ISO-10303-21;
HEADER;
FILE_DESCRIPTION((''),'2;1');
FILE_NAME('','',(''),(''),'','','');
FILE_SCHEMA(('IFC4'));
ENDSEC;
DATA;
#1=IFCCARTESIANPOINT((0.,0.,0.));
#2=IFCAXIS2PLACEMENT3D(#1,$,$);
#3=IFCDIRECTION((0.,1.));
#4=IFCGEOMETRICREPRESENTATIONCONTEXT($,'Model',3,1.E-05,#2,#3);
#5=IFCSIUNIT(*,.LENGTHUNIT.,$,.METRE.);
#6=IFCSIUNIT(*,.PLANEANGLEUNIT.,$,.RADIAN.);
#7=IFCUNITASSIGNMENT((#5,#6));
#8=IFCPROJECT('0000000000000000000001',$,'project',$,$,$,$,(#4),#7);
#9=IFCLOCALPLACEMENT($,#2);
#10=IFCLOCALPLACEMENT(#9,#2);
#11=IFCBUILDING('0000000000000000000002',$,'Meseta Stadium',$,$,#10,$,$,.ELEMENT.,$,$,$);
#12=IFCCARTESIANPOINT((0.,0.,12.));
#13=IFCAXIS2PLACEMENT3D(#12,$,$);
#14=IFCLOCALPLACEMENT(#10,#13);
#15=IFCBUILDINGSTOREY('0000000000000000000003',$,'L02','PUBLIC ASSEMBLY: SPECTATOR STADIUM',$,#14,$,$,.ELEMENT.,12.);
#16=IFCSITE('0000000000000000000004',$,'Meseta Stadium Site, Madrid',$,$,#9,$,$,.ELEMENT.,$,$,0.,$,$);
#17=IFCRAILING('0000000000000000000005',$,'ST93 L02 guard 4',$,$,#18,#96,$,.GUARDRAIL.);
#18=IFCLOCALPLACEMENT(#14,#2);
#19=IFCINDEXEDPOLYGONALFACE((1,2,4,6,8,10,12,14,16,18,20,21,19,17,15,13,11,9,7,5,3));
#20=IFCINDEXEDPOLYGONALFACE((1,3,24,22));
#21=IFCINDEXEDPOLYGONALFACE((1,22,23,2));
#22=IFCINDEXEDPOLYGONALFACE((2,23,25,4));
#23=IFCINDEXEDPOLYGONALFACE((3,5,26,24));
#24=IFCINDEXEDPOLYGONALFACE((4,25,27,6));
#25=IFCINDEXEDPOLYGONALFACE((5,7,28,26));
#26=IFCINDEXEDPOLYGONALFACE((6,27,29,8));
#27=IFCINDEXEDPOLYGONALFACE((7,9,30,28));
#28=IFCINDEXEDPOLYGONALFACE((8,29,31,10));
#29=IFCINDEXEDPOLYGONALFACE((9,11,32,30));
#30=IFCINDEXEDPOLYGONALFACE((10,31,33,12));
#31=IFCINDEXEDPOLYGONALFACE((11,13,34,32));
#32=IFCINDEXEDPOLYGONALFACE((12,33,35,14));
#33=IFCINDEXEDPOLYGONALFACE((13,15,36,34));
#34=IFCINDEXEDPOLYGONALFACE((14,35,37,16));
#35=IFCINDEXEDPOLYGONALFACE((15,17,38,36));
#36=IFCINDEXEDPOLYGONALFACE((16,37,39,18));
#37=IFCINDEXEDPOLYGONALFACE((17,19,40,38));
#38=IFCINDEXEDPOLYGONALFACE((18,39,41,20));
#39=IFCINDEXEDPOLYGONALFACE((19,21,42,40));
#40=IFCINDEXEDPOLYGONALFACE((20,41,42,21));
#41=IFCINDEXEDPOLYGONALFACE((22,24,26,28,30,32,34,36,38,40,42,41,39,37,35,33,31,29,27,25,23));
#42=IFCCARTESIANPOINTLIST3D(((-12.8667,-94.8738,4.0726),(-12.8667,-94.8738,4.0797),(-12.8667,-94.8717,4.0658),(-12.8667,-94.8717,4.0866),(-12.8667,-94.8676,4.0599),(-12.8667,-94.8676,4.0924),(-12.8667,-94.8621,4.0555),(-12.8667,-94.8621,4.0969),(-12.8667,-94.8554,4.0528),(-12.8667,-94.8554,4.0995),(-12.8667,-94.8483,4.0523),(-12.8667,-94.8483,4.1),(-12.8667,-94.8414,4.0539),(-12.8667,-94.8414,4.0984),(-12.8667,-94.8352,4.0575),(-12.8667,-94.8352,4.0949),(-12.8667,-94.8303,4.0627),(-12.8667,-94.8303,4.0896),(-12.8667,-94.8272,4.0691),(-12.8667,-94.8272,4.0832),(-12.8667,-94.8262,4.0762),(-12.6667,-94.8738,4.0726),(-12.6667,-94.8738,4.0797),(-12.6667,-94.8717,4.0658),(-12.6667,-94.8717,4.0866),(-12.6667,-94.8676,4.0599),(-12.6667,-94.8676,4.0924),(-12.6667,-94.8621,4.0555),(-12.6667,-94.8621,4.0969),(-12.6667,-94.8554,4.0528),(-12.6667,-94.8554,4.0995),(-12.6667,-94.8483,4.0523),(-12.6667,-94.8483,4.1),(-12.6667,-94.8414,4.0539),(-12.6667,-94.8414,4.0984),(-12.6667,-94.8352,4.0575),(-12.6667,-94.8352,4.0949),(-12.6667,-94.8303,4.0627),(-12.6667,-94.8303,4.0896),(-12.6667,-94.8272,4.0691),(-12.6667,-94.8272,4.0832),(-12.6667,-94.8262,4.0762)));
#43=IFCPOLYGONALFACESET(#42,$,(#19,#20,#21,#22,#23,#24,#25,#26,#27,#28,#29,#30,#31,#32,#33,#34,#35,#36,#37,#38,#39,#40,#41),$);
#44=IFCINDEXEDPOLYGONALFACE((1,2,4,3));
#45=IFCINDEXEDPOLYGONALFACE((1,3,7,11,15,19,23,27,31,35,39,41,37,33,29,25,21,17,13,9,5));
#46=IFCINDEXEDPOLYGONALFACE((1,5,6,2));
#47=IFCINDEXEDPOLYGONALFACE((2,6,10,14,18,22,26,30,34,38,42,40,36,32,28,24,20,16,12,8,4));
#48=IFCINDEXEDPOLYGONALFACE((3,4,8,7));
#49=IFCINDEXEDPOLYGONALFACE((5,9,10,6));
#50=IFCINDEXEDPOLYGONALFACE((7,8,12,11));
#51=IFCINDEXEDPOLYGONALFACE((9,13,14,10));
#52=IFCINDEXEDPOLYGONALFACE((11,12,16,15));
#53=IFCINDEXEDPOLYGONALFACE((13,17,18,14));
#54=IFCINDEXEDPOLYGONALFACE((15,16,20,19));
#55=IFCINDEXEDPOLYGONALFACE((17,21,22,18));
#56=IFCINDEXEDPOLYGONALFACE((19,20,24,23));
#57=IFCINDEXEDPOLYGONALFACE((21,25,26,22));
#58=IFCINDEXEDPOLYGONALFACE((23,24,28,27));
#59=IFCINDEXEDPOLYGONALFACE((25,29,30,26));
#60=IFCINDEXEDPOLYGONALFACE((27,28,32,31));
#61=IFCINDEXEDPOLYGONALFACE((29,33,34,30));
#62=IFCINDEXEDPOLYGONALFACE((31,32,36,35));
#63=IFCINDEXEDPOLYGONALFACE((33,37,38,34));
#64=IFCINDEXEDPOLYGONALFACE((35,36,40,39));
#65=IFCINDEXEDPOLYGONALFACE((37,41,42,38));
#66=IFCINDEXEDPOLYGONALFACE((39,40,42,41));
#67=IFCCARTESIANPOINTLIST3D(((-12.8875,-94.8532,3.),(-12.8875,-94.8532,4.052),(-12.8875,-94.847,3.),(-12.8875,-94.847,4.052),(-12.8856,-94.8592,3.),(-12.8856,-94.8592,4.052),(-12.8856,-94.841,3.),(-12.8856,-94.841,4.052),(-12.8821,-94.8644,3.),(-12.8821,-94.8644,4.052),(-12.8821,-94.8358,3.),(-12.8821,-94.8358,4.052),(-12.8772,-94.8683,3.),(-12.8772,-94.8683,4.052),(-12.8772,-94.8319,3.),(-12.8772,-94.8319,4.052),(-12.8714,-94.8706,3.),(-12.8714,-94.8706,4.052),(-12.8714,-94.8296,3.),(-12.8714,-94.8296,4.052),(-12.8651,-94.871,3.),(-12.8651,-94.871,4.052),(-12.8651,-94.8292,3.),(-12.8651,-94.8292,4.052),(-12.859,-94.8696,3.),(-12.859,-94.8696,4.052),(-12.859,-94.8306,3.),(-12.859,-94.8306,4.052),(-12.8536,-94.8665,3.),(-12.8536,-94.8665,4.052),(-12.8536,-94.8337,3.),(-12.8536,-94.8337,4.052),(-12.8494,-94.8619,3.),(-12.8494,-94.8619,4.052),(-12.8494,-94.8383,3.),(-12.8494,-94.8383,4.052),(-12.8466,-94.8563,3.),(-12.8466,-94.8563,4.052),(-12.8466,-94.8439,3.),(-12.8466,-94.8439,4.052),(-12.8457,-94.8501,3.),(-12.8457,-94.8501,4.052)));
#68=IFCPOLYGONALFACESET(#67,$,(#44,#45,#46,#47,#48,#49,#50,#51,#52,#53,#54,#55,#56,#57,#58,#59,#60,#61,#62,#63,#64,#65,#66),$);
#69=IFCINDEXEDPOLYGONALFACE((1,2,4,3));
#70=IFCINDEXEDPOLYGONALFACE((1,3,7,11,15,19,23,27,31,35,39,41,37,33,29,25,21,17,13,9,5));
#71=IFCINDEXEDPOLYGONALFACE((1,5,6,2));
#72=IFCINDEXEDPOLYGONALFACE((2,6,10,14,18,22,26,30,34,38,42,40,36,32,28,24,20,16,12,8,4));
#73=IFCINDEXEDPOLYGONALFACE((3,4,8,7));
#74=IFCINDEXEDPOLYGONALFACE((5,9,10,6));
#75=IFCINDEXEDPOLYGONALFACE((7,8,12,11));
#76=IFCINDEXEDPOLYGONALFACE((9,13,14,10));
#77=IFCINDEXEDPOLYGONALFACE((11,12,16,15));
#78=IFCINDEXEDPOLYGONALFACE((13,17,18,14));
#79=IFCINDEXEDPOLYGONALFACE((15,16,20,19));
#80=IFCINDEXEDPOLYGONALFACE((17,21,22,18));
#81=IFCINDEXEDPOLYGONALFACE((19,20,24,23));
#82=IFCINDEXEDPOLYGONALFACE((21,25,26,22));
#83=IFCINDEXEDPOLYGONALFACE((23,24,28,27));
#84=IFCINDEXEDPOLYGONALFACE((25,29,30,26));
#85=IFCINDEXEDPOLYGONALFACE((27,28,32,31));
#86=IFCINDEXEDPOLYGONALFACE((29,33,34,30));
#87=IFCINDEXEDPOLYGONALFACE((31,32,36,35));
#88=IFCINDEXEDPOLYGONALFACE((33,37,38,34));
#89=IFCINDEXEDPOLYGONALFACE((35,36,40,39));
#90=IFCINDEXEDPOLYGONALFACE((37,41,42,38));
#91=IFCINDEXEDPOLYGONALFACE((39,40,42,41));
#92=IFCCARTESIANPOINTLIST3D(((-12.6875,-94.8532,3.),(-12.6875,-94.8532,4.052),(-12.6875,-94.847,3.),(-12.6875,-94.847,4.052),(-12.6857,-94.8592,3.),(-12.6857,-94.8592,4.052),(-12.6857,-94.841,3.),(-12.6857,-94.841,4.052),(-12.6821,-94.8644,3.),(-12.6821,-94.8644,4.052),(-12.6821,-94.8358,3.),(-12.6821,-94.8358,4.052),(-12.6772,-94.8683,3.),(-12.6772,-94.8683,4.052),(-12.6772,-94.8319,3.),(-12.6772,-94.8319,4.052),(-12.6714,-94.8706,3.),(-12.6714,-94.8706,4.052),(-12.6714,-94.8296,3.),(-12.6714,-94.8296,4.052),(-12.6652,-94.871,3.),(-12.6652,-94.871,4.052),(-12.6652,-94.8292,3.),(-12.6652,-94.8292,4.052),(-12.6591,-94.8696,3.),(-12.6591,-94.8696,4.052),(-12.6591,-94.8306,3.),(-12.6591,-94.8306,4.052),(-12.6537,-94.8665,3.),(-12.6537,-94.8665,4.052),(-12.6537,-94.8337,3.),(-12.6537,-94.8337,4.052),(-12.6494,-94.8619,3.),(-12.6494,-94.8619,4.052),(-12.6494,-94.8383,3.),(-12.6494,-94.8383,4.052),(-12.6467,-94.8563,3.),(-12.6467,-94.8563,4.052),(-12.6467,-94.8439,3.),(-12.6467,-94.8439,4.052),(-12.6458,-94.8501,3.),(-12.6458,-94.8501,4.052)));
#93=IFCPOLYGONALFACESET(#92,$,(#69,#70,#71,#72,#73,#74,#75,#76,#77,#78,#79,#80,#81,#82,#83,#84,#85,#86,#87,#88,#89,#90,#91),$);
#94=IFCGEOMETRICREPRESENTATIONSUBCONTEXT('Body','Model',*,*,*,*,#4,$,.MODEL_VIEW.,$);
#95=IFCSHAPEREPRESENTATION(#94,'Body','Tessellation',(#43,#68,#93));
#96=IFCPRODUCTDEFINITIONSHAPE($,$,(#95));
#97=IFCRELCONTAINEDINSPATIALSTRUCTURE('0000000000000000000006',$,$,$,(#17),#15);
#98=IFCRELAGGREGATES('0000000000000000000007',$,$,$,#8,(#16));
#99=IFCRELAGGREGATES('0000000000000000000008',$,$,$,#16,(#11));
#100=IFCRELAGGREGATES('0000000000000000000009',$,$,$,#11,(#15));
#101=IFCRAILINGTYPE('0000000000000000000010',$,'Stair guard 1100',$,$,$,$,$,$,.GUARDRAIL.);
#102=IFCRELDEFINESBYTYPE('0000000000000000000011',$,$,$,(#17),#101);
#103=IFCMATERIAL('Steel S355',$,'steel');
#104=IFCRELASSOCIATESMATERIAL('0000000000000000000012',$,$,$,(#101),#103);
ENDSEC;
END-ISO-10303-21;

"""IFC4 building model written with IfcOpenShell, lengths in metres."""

from ifc_helpers import new_model, si_unit, direction, frame, origin, origin_2d, place, context, subcontext, project, spatial, circle, extrude, material, type_object, element, save


model = new_model("IFC4")

# Units and contexts
model_context = context("Model", 3, precision=1e-05, world=origin(), true_north=direction((0.0, 1.0)))
body_context = subcontext(model_context, "Body", "Model", "MODEL_VIEW")
ifc_project = project(units=[si_unit("LENGTHUNIT", "METRE"), si_unit("PLANEANGLEUNIT", "RADIAN")], contexts=[model_context])

# Site, building, storey
site_placement = place(None, origin())
site = spatial("IfcSite", under=ifc_project, at=site_placement, Name="Meseta Stadium Site, Madrid", CompositionType="ELEMENT", RefElevation=0.0)
building_placement = place(site_placement, origin())
building = spatial("IfcBuilding", under=site, at=building_placement, Name="Meseta Stadium", CompositionType="ELEMENT")
storey_placement = place(building_placement, frame((0.0, 0.0, 12.0)))
storey = spatial("IfcBuildingStorey", under=building, at=storey_placement, Name="L02", Description="PUBLIC ASSEMBLY: SPECTATOR STADIUM", CompositionType="ELEMENT", Elevation=12.0)

# Railing
ifc_material_1 = material(Name="Steel S355", Category="steel")
railing_type_1 = type_object("IfcRailingType", Name="Stair guard 1100", PredefinedType="GUARDRAIL", material=ifc_material_1)
railing_1_placement = place(storey_placement, frame((-12.8667, -94.8501, 3.0)))
element("IfcRailing", 1, at=railing_1_placement, inside=storey, type_object=railing_type_1, Name="ST93 L02 guard 4", PredefinedType="GUARDRAIL", context=body_context, shape_type="SweptSolid", body=[
    extrude(circle(Radius=0.0239, at=origin_2d()), frame((0.0, 0.0, 1.0762), z_axis=(1.0, 0.0, 0.0), x_axis=(0.0, 1.0, 0.0)), (0.0, 0.0, 1.0), 0.2),
    extrude(circle(Radius=0.021, at=origin_2d()), origin(), (0.0, 0.0, 1.0), 1.052),
    extrude(circle(Radius=0.021, at=origin_2d()), frame((0.2, 0.0, 0.0)), (0.0, 0.0, 1.0), 1.052),
])

save(model, "model.ifc")
